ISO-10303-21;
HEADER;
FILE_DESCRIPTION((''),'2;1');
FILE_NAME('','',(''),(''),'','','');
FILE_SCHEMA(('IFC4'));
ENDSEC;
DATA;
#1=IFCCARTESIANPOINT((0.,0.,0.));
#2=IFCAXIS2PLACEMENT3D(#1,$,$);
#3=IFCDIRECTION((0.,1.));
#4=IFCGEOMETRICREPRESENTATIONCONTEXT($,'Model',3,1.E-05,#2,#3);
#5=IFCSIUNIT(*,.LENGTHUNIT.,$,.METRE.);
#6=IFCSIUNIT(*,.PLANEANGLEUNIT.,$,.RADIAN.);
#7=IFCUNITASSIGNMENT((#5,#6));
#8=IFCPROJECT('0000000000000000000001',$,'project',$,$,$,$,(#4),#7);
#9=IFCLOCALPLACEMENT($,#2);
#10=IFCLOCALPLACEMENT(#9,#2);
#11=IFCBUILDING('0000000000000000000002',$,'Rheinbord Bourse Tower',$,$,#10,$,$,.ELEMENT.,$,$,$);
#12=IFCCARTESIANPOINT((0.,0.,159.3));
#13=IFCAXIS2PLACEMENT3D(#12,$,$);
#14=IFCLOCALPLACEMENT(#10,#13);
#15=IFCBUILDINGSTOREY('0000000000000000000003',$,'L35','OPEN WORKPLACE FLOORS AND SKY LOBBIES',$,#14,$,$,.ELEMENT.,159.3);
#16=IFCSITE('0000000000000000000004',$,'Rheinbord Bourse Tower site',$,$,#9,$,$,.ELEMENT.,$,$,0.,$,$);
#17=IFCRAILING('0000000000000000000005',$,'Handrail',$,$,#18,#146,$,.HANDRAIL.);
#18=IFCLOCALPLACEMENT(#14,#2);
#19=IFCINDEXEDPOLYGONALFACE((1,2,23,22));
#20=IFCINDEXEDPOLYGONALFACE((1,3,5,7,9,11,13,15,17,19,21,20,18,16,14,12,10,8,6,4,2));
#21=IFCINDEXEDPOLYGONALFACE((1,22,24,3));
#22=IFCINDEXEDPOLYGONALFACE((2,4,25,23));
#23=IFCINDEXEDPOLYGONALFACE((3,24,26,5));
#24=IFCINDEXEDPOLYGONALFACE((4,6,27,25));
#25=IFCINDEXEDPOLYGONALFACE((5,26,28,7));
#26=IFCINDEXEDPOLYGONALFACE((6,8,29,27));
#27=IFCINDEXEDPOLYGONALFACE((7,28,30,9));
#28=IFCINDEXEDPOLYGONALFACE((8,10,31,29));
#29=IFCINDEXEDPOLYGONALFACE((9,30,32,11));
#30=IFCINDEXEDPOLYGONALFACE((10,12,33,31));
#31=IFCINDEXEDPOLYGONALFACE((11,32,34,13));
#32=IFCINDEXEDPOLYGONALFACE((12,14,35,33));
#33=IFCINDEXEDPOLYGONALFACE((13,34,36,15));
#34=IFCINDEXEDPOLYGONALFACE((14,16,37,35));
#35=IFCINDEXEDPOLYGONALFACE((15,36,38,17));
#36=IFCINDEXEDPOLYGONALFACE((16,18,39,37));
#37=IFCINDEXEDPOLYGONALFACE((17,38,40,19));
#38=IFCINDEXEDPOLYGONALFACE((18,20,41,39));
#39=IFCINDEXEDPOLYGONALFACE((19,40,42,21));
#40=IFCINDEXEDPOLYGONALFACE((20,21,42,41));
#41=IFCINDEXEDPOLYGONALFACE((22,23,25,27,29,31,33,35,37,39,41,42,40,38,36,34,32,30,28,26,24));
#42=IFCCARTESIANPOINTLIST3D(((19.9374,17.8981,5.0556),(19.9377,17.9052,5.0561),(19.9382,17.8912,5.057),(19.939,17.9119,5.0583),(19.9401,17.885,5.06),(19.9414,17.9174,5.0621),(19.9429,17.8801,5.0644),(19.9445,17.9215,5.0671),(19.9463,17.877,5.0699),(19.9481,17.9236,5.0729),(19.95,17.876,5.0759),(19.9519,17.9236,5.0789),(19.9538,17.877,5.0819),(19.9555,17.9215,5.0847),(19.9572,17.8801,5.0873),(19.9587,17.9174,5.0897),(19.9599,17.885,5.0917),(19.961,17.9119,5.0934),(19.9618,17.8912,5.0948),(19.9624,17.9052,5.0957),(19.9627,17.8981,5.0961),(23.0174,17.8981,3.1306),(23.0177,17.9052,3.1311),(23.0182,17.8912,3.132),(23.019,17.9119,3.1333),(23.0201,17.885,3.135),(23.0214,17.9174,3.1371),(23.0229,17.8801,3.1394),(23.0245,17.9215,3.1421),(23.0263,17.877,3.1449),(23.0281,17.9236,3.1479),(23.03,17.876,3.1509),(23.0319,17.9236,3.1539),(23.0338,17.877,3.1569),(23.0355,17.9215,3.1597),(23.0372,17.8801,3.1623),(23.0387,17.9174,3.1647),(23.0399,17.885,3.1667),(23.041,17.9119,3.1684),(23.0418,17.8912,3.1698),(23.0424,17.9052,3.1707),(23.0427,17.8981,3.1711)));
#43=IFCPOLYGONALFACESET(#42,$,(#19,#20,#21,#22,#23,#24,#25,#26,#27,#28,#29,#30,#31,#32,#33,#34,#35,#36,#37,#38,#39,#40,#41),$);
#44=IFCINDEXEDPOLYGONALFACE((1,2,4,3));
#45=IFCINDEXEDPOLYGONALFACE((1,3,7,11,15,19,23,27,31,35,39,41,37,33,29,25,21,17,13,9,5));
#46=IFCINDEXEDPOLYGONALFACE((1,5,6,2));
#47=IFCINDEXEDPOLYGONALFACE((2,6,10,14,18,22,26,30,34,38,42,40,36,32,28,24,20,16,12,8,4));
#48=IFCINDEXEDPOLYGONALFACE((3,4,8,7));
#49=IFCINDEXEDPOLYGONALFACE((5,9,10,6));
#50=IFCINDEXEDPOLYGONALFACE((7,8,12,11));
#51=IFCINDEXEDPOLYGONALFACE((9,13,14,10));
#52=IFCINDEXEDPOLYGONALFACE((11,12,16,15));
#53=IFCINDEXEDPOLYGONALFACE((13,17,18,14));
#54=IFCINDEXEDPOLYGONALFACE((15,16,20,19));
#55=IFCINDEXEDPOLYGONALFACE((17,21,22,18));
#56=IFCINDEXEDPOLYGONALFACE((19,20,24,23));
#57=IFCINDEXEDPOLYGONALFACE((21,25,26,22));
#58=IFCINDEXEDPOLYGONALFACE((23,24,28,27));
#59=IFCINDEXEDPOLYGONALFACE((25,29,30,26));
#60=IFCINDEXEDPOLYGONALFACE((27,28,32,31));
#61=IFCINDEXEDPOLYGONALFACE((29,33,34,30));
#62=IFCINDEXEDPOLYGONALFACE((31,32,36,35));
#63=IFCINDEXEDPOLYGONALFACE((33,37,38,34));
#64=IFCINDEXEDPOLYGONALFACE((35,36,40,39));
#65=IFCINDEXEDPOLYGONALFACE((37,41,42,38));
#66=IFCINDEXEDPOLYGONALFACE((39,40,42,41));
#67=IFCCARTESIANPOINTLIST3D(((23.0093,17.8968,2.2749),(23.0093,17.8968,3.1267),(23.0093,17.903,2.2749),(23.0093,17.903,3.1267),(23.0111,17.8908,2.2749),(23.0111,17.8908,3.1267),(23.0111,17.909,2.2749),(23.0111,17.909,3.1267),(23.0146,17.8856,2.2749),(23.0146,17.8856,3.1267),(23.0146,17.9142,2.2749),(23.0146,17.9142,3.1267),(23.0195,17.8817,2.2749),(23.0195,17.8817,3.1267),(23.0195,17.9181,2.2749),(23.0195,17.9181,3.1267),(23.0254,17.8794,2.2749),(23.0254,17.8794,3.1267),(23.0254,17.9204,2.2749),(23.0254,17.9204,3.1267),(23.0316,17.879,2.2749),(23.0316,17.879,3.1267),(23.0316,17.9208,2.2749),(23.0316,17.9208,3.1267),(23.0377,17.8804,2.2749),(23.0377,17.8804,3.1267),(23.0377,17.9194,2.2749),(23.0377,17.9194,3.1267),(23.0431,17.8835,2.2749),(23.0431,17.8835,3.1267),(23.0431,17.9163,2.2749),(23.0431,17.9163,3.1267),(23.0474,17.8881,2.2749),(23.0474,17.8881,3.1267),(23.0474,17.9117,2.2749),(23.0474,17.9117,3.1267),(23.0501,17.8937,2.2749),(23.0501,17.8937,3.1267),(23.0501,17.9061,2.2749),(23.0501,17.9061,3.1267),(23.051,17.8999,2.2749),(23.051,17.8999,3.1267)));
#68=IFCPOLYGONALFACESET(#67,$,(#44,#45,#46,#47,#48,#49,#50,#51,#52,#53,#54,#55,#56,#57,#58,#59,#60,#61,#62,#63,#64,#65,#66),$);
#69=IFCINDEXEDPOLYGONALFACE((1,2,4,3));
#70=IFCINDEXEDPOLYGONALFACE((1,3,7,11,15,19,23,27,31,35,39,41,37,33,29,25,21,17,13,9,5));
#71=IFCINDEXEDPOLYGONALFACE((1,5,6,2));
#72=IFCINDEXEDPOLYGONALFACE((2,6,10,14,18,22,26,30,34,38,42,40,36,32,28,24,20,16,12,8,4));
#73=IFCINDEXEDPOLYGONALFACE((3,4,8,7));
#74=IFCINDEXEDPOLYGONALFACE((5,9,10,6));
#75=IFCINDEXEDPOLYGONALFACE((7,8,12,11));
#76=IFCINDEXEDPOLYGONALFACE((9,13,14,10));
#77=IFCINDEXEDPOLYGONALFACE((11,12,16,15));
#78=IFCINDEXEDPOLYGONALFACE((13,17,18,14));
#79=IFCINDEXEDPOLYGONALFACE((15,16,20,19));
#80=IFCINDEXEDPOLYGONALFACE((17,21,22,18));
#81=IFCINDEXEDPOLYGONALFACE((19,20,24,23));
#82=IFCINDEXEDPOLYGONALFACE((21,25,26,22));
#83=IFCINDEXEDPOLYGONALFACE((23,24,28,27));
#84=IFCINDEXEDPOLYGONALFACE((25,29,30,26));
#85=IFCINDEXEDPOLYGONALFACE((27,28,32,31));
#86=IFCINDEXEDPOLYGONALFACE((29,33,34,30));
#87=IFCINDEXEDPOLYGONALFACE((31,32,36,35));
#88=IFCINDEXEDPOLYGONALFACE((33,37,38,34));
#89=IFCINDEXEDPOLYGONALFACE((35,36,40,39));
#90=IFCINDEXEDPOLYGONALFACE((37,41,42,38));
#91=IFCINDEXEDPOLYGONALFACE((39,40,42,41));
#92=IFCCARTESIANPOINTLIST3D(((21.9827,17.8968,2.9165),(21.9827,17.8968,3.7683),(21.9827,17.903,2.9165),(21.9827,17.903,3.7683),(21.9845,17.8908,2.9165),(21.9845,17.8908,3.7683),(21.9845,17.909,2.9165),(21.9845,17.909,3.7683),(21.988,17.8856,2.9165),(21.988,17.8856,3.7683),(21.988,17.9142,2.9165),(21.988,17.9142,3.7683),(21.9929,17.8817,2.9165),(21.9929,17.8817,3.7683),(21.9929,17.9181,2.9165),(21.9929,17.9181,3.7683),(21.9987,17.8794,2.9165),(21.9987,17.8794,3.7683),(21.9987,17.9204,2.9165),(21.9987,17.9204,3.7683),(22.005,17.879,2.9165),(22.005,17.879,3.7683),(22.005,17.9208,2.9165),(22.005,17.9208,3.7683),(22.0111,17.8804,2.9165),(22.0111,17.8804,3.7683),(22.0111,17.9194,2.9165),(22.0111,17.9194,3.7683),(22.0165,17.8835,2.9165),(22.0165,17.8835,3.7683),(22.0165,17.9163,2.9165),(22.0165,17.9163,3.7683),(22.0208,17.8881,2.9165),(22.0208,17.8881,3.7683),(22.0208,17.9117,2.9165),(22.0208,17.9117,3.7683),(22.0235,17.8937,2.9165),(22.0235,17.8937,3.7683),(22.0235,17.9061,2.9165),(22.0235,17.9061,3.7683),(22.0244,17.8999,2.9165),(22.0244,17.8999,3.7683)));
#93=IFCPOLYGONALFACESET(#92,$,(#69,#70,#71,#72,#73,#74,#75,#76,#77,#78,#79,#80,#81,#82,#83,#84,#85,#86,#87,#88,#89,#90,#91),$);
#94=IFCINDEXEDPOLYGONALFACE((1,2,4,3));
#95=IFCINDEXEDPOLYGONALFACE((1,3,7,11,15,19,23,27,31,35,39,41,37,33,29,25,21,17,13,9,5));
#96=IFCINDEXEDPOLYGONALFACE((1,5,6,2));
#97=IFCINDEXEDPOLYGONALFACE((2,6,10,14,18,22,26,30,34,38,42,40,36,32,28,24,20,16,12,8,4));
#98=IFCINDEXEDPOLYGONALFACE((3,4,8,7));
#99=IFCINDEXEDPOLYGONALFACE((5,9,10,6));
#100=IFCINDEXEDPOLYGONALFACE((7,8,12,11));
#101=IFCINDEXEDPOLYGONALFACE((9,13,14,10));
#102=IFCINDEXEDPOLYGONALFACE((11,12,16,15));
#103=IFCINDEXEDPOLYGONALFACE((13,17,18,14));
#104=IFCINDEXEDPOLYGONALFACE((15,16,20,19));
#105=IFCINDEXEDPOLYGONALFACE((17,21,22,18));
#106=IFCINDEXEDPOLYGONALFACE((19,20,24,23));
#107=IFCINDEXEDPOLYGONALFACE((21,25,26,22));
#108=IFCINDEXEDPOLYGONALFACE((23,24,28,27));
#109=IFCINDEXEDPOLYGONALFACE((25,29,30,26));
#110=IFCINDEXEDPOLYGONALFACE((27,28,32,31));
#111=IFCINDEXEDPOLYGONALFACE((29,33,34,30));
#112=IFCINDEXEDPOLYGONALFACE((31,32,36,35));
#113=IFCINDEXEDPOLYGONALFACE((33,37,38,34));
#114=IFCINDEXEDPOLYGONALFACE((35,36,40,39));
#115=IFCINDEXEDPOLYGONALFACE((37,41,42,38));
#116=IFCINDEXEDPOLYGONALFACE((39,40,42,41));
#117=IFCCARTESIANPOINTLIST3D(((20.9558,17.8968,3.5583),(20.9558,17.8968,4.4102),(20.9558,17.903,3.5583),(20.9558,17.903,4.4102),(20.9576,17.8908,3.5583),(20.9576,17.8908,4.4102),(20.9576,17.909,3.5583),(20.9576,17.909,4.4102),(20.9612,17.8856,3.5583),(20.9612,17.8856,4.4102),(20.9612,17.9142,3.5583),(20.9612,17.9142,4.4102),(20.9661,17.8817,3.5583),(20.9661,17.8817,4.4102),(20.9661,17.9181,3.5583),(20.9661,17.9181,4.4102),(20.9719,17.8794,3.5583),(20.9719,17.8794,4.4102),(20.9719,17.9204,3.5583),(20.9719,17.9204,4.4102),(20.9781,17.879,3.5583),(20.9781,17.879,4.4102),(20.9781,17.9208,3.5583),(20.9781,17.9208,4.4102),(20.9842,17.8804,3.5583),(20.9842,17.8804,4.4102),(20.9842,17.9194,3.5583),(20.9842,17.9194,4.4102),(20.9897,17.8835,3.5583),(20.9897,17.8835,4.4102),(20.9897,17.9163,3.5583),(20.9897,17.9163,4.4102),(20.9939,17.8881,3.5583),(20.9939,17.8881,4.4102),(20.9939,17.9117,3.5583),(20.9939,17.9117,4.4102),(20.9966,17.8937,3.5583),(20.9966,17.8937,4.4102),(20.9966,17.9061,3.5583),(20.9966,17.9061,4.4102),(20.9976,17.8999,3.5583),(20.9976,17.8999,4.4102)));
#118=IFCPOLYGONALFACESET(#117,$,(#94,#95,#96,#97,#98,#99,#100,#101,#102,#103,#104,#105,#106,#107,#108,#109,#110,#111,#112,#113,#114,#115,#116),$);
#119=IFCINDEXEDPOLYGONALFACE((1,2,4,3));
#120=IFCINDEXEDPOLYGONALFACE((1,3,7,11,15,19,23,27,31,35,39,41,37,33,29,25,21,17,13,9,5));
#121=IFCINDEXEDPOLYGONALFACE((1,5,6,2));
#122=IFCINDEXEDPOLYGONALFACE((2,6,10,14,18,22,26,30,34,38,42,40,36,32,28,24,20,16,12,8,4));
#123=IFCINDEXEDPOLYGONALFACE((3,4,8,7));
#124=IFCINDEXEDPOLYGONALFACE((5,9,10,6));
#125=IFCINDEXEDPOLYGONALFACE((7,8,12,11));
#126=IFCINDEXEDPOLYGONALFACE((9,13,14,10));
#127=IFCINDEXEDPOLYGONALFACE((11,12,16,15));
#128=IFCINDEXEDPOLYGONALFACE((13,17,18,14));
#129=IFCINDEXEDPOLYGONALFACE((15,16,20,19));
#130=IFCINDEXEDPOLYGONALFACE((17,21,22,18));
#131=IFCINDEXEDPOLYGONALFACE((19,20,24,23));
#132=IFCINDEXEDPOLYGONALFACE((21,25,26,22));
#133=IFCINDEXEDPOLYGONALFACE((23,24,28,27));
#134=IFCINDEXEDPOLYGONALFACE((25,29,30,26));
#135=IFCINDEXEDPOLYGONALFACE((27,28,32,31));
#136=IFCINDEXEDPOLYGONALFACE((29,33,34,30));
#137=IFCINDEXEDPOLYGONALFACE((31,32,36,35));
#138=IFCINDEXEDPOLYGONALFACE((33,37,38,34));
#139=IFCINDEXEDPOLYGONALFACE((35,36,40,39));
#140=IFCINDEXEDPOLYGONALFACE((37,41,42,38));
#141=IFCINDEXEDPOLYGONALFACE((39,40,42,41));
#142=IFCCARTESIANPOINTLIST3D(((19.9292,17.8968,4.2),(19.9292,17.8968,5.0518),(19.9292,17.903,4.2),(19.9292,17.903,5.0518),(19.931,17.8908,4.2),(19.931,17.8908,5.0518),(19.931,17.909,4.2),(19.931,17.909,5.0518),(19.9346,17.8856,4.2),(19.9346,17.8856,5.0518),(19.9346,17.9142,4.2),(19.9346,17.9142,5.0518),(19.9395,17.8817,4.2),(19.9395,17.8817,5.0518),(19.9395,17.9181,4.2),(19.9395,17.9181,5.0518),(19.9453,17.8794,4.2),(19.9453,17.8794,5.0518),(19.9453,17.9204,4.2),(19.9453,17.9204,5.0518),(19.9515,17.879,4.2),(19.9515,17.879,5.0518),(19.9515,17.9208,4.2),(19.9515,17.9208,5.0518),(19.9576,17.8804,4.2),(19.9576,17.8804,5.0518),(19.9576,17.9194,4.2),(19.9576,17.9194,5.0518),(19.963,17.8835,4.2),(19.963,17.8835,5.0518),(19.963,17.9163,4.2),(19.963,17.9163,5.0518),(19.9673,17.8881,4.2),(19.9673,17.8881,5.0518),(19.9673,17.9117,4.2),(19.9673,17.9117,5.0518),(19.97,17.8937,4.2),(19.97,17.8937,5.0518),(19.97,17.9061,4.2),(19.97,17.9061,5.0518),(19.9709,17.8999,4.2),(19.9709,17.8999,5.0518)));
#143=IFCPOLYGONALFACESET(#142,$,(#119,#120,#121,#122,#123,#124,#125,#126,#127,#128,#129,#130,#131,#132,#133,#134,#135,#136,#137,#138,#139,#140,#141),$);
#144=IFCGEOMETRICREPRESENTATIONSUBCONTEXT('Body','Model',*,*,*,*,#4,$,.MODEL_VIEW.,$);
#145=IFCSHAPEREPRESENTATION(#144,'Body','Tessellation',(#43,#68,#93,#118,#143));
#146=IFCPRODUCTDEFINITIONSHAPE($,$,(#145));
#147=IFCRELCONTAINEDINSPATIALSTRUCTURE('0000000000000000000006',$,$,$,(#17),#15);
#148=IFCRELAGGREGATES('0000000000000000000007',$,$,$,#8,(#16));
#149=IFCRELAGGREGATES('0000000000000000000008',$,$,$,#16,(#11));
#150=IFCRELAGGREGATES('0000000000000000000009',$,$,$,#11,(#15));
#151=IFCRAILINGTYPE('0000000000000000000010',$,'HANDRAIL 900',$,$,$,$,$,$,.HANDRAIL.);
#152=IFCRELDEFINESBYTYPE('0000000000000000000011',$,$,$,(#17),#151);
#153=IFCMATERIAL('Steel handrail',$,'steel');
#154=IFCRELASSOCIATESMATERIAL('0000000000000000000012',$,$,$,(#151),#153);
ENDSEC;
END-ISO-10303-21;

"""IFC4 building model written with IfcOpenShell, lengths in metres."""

from ifc_helpers import new_model, si_unit, direction, frame, origin, origin_2d, place, context, subcontext, project, spatial, circle, extrude, material, type_object, element, save


model = new_model("IFC4")

# Units and contexts
model_context = context("Model", 3, precision=1e-05, world=origin(), true_north=direction((0.0, 1.0)))
body_context = subcontext(model_context, "Body", "Model", "MODEL_VIEW")
ifc_project = project(units=[si_unit("LENGTHUNIT", "METRE"), si_unit("PLANEANGLEUNIT", "RADIAN")], contexts=[model_context])

# Site, building, storey
site_placement = place(None, origin())
site = spatial("IfcSite", under=ifc_project, at=site_placement, Name="Rheinbord Bourse Tower site", CompositionType="ELEMENT", RefElevation=0.0)
building_placement = place(site_placement, origin())
building = spatial("IfcBuilding", under=site, at=building_placement, Name="Rheinbord Bourse Tower", CompositionType="ELEMENT")
storey_placement = place(building_placement, frame((0.0, 0.0, 159.3)))
storey = spatial("IfcBuildingStorey", under=building, at=storey_placement, Name="L35", Description="OPEN WORKPLACE FLOORS AND SKY LOBBIES", CompositionType="ELEMENT", Elevation=159.3)

# Railing
ifc_material_1 = material(Name="Steel handrail", Category="steel")
railing_type = type_object("IfcRailingType", Name="HANDRAIL 900", PredefinedType="HANDRAIL", material=ifc_material_1)
railing_1_placement = place(storey_placement, frame((23.03, 17.8999, 2.2749)))
element("IfcRailing", 1, at=railing_1_placement, inside=storey, type_object=railing_type, Name="Handrail", PredefinedType="HANDRAIL", context=body_context, shape_type="SweptSolid", body=[
    extrude(circle(Radius=0.0239, at=origin_2d()), frame((0.0, 0.0, 0.876), z_axis=(-0.847998, 0.0, 0.529999), x_axis=(0.0, -1.0, 0.0)), (0.0, 0.0, 1.0), 3.6321),
    extrude(circle(Radius=0.021, at=origin_2d()), origin(), (0.0, 0.0, 1.0), 0.8518),
    extrude(circle(Radius=0.021, at=origin_2d()), frame((-1.0266, 0.0, 0.6416)), (0.0, 0.0, 1.0), 0.8518),
    extrude(circle(Radius=0.021, at=origin_2d()), frame((-2.0535, 0.0, 1.2834)), (0.0, 0.0, 1.0), 0.8518),
    extrude(circle(Radius=0.021, at=origin_2d()), frame((-3.0801, 0.0, 1.925)), (0.0, 0.0, 1.0), 0.8518),
])

save(model, "model.ifc")
